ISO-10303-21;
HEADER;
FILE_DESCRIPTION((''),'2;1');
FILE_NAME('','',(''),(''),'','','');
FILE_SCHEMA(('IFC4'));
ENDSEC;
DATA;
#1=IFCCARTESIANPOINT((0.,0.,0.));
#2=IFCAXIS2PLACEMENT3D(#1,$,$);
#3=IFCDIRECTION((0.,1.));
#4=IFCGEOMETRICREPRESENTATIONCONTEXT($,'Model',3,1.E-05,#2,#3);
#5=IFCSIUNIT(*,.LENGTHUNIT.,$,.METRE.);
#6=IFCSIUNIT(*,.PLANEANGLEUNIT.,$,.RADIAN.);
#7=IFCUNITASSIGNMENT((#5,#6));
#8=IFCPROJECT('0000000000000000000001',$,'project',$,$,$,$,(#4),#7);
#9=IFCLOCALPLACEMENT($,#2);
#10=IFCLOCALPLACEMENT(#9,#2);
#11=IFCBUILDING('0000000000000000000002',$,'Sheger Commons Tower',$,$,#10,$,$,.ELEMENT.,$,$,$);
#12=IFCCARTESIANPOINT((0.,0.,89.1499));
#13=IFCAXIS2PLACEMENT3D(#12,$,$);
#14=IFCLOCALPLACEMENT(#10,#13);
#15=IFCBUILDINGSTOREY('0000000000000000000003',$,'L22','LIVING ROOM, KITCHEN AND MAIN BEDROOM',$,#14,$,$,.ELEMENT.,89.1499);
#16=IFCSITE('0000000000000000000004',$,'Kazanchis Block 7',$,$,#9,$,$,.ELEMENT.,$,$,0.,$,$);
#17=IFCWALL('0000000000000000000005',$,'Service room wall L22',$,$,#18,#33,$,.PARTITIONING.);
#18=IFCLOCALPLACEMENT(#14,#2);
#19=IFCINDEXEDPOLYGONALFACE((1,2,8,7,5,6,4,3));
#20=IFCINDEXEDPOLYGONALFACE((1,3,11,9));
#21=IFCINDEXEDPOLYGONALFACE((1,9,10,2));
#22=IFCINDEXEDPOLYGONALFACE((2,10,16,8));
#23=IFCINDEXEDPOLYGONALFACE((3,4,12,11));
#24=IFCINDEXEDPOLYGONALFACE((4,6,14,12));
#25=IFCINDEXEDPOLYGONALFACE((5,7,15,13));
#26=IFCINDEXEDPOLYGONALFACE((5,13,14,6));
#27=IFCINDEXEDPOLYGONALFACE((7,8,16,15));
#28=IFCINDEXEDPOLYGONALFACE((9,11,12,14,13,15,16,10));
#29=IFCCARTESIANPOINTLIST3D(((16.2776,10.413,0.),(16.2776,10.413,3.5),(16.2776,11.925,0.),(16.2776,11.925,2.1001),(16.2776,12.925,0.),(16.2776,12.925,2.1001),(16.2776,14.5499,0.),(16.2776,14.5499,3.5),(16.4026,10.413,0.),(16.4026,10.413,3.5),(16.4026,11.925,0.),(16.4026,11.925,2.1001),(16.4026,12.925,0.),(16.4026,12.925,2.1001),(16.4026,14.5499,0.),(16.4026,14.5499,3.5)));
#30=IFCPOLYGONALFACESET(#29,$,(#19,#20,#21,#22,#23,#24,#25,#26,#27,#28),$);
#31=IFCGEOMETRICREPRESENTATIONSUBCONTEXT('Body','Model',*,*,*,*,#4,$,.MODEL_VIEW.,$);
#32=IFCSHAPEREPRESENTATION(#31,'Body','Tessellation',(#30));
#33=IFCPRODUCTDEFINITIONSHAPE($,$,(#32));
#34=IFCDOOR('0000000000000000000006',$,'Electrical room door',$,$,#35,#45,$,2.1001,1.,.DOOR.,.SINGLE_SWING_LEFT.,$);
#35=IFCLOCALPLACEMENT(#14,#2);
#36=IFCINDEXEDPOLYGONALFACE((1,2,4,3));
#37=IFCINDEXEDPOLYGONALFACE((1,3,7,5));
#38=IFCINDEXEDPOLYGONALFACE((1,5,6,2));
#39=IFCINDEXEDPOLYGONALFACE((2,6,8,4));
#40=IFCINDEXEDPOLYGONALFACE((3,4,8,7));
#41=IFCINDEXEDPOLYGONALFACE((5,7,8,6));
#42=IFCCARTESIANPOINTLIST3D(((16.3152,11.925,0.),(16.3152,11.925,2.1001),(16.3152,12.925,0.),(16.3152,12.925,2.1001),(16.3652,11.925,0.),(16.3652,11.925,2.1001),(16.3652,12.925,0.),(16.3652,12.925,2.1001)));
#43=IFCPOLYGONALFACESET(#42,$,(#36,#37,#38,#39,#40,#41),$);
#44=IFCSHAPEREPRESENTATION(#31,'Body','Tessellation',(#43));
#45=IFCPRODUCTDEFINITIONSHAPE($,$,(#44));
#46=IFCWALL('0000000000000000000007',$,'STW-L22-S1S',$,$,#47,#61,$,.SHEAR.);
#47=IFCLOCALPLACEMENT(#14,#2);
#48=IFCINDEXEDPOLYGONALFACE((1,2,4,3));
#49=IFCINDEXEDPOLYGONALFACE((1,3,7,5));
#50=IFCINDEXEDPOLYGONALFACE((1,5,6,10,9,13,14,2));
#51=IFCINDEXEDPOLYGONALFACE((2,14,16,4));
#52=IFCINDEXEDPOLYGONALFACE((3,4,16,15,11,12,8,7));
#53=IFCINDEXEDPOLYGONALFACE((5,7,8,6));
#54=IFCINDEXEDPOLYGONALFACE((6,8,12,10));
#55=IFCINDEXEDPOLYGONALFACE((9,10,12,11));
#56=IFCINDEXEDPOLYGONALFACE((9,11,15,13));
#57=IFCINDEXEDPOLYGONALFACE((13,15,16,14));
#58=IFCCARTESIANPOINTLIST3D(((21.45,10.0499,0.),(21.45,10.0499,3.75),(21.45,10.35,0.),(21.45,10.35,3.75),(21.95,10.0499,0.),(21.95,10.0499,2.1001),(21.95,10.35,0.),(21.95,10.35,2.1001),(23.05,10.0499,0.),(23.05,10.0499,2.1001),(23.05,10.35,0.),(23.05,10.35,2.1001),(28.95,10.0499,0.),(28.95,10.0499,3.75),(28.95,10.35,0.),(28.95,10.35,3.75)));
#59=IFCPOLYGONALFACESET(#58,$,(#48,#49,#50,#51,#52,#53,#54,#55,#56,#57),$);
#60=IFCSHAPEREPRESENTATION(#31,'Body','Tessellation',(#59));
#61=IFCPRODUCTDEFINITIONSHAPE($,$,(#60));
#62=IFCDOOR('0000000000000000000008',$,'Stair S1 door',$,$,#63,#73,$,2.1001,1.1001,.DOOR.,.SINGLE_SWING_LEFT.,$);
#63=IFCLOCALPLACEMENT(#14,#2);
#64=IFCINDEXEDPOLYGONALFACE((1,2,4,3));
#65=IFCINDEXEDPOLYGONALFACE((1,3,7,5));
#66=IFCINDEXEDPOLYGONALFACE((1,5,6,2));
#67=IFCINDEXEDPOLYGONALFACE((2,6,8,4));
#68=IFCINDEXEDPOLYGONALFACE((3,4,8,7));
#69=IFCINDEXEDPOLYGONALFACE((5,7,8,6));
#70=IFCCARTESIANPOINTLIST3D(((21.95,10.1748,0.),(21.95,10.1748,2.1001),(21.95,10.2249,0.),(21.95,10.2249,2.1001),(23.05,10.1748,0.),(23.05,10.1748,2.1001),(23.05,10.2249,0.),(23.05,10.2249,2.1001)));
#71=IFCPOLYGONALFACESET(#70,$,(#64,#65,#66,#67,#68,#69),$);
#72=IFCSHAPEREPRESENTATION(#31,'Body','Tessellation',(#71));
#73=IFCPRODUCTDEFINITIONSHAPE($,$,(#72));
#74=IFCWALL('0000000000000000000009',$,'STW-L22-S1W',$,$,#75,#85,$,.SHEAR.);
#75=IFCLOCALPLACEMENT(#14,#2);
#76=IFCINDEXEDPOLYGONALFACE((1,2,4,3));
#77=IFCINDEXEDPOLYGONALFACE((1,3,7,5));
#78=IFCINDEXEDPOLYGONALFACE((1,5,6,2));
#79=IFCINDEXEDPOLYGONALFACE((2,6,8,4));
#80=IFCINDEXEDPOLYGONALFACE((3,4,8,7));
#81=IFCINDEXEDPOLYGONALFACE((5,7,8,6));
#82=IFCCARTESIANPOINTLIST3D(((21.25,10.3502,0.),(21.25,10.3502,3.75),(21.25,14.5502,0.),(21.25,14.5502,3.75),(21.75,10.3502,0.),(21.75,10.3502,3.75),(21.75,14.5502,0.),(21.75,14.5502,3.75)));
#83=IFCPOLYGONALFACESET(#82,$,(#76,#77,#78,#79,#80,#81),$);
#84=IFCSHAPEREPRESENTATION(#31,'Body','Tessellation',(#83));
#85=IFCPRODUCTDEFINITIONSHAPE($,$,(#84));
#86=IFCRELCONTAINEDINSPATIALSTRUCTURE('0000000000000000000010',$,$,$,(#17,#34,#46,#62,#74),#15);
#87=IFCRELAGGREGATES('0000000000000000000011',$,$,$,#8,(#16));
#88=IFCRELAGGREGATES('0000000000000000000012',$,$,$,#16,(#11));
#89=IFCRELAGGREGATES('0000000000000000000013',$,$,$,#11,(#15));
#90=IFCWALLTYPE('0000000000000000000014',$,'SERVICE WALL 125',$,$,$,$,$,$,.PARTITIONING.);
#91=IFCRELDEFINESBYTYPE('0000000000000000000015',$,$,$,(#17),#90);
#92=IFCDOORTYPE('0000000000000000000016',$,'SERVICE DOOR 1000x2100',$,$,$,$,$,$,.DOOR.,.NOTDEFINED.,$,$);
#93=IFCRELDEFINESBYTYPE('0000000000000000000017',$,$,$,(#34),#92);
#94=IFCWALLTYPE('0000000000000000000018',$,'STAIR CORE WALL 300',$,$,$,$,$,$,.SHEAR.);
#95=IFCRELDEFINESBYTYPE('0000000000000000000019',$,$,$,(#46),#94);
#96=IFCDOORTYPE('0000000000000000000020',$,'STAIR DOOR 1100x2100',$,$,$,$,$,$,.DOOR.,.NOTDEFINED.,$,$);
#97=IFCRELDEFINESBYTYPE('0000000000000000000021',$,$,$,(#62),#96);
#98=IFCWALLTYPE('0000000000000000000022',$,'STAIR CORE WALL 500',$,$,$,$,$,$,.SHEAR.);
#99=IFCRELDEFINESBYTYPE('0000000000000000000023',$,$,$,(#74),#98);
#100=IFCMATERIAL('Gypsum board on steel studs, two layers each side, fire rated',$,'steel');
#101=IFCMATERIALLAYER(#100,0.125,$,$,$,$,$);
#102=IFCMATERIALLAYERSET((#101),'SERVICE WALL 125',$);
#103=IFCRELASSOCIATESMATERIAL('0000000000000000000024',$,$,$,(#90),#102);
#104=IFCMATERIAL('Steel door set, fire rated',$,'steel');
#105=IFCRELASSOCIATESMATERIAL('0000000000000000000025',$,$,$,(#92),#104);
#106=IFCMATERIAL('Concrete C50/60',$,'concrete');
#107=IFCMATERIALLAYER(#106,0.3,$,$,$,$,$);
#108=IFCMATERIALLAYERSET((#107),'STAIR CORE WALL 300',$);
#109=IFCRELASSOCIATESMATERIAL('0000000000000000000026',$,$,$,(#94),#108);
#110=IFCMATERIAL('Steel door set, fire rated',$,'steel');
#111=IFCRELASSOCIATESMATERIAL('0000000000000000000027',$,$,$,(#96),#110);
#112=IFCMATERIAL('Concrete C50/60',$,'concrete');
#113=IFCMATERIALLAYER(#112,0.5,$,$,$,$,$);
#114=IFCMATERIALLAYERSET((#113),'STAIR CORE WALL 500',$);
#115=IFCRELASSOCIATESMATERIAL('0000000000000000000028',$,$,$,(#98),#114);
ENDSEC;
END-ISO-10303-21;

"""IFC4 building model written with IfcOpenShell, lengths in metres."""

from ifc_helpers import new_model, si_unit, direction, frame, frame_2d, origin, place, context, subcontext, project, spatial, rectangle, extrude, material, layer, layer_set, type_object, element, fill, save


model = new_model("IFC4")

# Units and contexts
model_context = context("Model", 3, precision=1e-05, world=origin(), true_north=direction((0.0, 1.0)))
body_context = subcontext(model_context, "Body", "Model", "MODEL_VIEW")
ifc_project = project(units=[si_unit("LENGTHUNIT", "METRE"), si_unit("PLANEANGLEUNIT", "RADIAN")], contexts=[model_context])

# Site, building, storey
site_placement = place(None, origin())
site = spatial("IfcSite", under=ifc_project, at=site_placement, Name="Kazanchis Block 7", CompositionType="ELEMENT", RefElevation=0.0)
building_placement = place(site_placement, origin())
building = spatial("IfcBuilding", under=site, at=building_placement, Name="Sheger Commons Tower", CompositionType="ELEMENT")
storey_placement = place(building_placement, frame((0.0, 0.0, 89.1499)))
storey = spatial("IfcBuildingStorey", under=building, at=storey_placement, Name="L22", Description="LIVING ROOM, KITCHEN AND MAIN BEDROOM", CompositionType="ELEMENT", Elevation=89.1499)

# Shared definitions
ifc_material_1 = material(Name="Gypsum board on steel studs, two layers each side, fire rated", Category="steel")
ifc_layer_1 = layer(ifc_material_1, 0.125)
ifc_layer_set_1 = layer_set([ifc_layer_1], Name="SERVICE WALL 125")
wall_type_1 = type_object("IfcWallType", Name="SERVICE WALL 125", PredefinedType="PARTITIONING", material=ifc_layer_set_1)
ifc_material_2 = material(Name="Steel door set, fire rated", Category="steel")
door_type_1 = type_object("IfcDoorType", Name="SERVICE DOOR 1000x2100", OperationType="NOTDEFINED", PredefinedType="DOOR", material=ifc_material_2)

# Walls, openings, doors
wall_1_placement = place(storey_placement, frame((16.3401, 10.4131, 0.0), z_axis=(0.0, 0.0, 1.0), x_axis=(0.0, 1.0, 0.0)))
wall_1 = element("IfcWall", 1, at=wall_1_placement, inside=storey, type_object=wall_type_1, Name="Service room wall L22", PredefinedType="PARTITIONING", context=body_context, shape_type="SweptSolid", body=[
    extrude(rectangle(XDim=4.137, YDim=0.125, at=frame_2d((2.0684, 0.0))), origin(), (0.0, 0.0, 1.0), 3.5),
])
opening_1_placement = place(wall_1_placement, frame((1.512, 0.0, 0.0)))
opening_1 = element("IfcOpeningElement", 2, at=opening_1_placement, cuts=wall_1, PredefinedType="OPENING", context=body_context, shape_type="SweptSolid", body=[
    extrude(rectangle(XDim=1.0, YDim=2.1001, at=frame_2d((0.5, 1.05))), frame((0.0, 0.0725, 0.0), z_axis=(0.0, -1.0, 0.0), x_axis=(1.0, 0.0, 0.0)), (0.0, 0.0, 1.0), 0.145),
])
door_1_placement = place(opening_1_placement, origin())
door_1 = element("IfcDoor", 3, at=door_1_placement, inside=storey, type_object=door_type_1, Name="Electrical room door", OperationType="SINGLE_SWING_LEFT", OverallHeight=2.1001, OverallWidth=1.0, PredefinedType="DOOR", context=body_context, shape_type="SweptSolid", body=[
    extrude(rectangle(XDim=1.0, YDim=2.1001, at=frame_2d((0.5, 1.05))), frame((0.0, 0.0249, 0.0), z_axis=(0.0, -1.0, 0.0), x_axis=(1.0, 0.0, 0.0)), (0.0, 0.0, 1.0), 0.05),
])
fill(opening_1, door_1)
ifc_material_3 = material(Name="Concrete C50/60", Category="concrete")
ifc_layer_2 = layer(ifc_material_3, 0.3)
ifc_layer_set_2 = layer_set([ifc_layer_2], Name="STAIR CORE WALL 300")
wall_type_2 = type_object("IfcWallType", Name="STAIR CORE WALL 300", PredefinedType="SHEAR", material=ifc_layer_set_2)
wall_2_placement = place(storey_placement, frame((21.45, 10.2, 0.0), z_axis=(0.0, 0.0, 1.0), x_axis=(1.0, 0.0, 0.0)))
wall_2 = element("IfcWall", 4, at=wall_2_placement, inside=storey, type_object=wall_type_2, Name="STW-L22-S1S", PredefinedType="SHEAR", context=body_context, shape_type="SweptSolid", body=[
    extrude(rectangle(XDim=7.5, YDim=0.3, at=frame_2d((3.75, 0.0))), origin(), (0.0, 0.0, 1.0), 3.75),
])
opening_2_placement = place(wall_2_placement, frame((0.5, 0.0, 0.0)))
opening_2 = element("IfcOpeningElement", 5, at=opening_2_placement, cuts=wall_2, PredefinedType="OPENING", context=body_context, shape_type="SweptSolid", body=[
    extrude(rectangle(XDim=1.1001, YDim=2.1001, at=frame_2d((0.55, 1.05))), frame((0.0, 0.1599, 0.0), z_axis=(0.0, -1.0, 0.0), x_axis=(1.0, 0.0, 0.0)), (0.0, 0.0, 1.0), 0.3201),
])
ifc_material_4 = material(Name="Steel door set, fire rated", Category="steel")
door_type_2 = type_object("IfcDoorType", Name="STAIR DOOR 1100x2100", OperationType="NOTDEFINED", PredefinedType="DOOR", material=ifc_material_4)
door_2_placement = place(opening_2_placement, origin())
door_2 = element("IfcDoor", 6, at=door_2_placement, inside=storey, type_object=door_type_2, Name="Stair S1 door", OperationType="SINGLE_SWING_LEFT", OverallHeight=2.1001, OverallWidth=1.1001, PredefinedType="DOOR", context=body_context, shape_type="SweptSolid", body=[
    extrude(rectangle(XDim=1.1001, YDim=2.1001, at=frame_2d((0.55, 1.05))), frame((0.0, 0.0249, 0.0), z_axis=(0.0, -1.0, 0.0), x_axis=(1.0, 0.0, 0.0)), (0.0, 0.0, 1.0), 0.05),
])
fill(opening_2, door_2)

# Wall
ifc_material_5 = material(Name="Concrete C50/60", Category="concrete")
ifc_layer_3 = layer(ifc_material_5, 0.5)
ifc_layer_set_3 = layer_set([ifc_layer_3], Name="STAIR CORE WALL 500")
wall_type_3 = type_object("IfcWallType", Name="STAIR CORE WALL 500", PredefinedType="SHEAR", material=ifc_layer_set_3)
wall_3_placement = place(storey_placement, frame((21.5, 10.3501, 0.0), z_axis=(0.0, 0.0, 1.0), x_axis=(0.0, 1.0, 0.0)))
element("IfcWall", 7, at=wall_3_placement, inside=storey, type_object=wall_type_3, Name="STW-L22-S1W", PredefinedType="SHEAR", context=body_context, shape_type="SweptSolid", body=[
    extrude(rectangle(XDim=4.2, YDim=0.5, at=frame_2d((2.1001, 0.0))), origin(), (0.0, 0.0, 1.0), 3.75),
])

save(model, "model.ifc")
